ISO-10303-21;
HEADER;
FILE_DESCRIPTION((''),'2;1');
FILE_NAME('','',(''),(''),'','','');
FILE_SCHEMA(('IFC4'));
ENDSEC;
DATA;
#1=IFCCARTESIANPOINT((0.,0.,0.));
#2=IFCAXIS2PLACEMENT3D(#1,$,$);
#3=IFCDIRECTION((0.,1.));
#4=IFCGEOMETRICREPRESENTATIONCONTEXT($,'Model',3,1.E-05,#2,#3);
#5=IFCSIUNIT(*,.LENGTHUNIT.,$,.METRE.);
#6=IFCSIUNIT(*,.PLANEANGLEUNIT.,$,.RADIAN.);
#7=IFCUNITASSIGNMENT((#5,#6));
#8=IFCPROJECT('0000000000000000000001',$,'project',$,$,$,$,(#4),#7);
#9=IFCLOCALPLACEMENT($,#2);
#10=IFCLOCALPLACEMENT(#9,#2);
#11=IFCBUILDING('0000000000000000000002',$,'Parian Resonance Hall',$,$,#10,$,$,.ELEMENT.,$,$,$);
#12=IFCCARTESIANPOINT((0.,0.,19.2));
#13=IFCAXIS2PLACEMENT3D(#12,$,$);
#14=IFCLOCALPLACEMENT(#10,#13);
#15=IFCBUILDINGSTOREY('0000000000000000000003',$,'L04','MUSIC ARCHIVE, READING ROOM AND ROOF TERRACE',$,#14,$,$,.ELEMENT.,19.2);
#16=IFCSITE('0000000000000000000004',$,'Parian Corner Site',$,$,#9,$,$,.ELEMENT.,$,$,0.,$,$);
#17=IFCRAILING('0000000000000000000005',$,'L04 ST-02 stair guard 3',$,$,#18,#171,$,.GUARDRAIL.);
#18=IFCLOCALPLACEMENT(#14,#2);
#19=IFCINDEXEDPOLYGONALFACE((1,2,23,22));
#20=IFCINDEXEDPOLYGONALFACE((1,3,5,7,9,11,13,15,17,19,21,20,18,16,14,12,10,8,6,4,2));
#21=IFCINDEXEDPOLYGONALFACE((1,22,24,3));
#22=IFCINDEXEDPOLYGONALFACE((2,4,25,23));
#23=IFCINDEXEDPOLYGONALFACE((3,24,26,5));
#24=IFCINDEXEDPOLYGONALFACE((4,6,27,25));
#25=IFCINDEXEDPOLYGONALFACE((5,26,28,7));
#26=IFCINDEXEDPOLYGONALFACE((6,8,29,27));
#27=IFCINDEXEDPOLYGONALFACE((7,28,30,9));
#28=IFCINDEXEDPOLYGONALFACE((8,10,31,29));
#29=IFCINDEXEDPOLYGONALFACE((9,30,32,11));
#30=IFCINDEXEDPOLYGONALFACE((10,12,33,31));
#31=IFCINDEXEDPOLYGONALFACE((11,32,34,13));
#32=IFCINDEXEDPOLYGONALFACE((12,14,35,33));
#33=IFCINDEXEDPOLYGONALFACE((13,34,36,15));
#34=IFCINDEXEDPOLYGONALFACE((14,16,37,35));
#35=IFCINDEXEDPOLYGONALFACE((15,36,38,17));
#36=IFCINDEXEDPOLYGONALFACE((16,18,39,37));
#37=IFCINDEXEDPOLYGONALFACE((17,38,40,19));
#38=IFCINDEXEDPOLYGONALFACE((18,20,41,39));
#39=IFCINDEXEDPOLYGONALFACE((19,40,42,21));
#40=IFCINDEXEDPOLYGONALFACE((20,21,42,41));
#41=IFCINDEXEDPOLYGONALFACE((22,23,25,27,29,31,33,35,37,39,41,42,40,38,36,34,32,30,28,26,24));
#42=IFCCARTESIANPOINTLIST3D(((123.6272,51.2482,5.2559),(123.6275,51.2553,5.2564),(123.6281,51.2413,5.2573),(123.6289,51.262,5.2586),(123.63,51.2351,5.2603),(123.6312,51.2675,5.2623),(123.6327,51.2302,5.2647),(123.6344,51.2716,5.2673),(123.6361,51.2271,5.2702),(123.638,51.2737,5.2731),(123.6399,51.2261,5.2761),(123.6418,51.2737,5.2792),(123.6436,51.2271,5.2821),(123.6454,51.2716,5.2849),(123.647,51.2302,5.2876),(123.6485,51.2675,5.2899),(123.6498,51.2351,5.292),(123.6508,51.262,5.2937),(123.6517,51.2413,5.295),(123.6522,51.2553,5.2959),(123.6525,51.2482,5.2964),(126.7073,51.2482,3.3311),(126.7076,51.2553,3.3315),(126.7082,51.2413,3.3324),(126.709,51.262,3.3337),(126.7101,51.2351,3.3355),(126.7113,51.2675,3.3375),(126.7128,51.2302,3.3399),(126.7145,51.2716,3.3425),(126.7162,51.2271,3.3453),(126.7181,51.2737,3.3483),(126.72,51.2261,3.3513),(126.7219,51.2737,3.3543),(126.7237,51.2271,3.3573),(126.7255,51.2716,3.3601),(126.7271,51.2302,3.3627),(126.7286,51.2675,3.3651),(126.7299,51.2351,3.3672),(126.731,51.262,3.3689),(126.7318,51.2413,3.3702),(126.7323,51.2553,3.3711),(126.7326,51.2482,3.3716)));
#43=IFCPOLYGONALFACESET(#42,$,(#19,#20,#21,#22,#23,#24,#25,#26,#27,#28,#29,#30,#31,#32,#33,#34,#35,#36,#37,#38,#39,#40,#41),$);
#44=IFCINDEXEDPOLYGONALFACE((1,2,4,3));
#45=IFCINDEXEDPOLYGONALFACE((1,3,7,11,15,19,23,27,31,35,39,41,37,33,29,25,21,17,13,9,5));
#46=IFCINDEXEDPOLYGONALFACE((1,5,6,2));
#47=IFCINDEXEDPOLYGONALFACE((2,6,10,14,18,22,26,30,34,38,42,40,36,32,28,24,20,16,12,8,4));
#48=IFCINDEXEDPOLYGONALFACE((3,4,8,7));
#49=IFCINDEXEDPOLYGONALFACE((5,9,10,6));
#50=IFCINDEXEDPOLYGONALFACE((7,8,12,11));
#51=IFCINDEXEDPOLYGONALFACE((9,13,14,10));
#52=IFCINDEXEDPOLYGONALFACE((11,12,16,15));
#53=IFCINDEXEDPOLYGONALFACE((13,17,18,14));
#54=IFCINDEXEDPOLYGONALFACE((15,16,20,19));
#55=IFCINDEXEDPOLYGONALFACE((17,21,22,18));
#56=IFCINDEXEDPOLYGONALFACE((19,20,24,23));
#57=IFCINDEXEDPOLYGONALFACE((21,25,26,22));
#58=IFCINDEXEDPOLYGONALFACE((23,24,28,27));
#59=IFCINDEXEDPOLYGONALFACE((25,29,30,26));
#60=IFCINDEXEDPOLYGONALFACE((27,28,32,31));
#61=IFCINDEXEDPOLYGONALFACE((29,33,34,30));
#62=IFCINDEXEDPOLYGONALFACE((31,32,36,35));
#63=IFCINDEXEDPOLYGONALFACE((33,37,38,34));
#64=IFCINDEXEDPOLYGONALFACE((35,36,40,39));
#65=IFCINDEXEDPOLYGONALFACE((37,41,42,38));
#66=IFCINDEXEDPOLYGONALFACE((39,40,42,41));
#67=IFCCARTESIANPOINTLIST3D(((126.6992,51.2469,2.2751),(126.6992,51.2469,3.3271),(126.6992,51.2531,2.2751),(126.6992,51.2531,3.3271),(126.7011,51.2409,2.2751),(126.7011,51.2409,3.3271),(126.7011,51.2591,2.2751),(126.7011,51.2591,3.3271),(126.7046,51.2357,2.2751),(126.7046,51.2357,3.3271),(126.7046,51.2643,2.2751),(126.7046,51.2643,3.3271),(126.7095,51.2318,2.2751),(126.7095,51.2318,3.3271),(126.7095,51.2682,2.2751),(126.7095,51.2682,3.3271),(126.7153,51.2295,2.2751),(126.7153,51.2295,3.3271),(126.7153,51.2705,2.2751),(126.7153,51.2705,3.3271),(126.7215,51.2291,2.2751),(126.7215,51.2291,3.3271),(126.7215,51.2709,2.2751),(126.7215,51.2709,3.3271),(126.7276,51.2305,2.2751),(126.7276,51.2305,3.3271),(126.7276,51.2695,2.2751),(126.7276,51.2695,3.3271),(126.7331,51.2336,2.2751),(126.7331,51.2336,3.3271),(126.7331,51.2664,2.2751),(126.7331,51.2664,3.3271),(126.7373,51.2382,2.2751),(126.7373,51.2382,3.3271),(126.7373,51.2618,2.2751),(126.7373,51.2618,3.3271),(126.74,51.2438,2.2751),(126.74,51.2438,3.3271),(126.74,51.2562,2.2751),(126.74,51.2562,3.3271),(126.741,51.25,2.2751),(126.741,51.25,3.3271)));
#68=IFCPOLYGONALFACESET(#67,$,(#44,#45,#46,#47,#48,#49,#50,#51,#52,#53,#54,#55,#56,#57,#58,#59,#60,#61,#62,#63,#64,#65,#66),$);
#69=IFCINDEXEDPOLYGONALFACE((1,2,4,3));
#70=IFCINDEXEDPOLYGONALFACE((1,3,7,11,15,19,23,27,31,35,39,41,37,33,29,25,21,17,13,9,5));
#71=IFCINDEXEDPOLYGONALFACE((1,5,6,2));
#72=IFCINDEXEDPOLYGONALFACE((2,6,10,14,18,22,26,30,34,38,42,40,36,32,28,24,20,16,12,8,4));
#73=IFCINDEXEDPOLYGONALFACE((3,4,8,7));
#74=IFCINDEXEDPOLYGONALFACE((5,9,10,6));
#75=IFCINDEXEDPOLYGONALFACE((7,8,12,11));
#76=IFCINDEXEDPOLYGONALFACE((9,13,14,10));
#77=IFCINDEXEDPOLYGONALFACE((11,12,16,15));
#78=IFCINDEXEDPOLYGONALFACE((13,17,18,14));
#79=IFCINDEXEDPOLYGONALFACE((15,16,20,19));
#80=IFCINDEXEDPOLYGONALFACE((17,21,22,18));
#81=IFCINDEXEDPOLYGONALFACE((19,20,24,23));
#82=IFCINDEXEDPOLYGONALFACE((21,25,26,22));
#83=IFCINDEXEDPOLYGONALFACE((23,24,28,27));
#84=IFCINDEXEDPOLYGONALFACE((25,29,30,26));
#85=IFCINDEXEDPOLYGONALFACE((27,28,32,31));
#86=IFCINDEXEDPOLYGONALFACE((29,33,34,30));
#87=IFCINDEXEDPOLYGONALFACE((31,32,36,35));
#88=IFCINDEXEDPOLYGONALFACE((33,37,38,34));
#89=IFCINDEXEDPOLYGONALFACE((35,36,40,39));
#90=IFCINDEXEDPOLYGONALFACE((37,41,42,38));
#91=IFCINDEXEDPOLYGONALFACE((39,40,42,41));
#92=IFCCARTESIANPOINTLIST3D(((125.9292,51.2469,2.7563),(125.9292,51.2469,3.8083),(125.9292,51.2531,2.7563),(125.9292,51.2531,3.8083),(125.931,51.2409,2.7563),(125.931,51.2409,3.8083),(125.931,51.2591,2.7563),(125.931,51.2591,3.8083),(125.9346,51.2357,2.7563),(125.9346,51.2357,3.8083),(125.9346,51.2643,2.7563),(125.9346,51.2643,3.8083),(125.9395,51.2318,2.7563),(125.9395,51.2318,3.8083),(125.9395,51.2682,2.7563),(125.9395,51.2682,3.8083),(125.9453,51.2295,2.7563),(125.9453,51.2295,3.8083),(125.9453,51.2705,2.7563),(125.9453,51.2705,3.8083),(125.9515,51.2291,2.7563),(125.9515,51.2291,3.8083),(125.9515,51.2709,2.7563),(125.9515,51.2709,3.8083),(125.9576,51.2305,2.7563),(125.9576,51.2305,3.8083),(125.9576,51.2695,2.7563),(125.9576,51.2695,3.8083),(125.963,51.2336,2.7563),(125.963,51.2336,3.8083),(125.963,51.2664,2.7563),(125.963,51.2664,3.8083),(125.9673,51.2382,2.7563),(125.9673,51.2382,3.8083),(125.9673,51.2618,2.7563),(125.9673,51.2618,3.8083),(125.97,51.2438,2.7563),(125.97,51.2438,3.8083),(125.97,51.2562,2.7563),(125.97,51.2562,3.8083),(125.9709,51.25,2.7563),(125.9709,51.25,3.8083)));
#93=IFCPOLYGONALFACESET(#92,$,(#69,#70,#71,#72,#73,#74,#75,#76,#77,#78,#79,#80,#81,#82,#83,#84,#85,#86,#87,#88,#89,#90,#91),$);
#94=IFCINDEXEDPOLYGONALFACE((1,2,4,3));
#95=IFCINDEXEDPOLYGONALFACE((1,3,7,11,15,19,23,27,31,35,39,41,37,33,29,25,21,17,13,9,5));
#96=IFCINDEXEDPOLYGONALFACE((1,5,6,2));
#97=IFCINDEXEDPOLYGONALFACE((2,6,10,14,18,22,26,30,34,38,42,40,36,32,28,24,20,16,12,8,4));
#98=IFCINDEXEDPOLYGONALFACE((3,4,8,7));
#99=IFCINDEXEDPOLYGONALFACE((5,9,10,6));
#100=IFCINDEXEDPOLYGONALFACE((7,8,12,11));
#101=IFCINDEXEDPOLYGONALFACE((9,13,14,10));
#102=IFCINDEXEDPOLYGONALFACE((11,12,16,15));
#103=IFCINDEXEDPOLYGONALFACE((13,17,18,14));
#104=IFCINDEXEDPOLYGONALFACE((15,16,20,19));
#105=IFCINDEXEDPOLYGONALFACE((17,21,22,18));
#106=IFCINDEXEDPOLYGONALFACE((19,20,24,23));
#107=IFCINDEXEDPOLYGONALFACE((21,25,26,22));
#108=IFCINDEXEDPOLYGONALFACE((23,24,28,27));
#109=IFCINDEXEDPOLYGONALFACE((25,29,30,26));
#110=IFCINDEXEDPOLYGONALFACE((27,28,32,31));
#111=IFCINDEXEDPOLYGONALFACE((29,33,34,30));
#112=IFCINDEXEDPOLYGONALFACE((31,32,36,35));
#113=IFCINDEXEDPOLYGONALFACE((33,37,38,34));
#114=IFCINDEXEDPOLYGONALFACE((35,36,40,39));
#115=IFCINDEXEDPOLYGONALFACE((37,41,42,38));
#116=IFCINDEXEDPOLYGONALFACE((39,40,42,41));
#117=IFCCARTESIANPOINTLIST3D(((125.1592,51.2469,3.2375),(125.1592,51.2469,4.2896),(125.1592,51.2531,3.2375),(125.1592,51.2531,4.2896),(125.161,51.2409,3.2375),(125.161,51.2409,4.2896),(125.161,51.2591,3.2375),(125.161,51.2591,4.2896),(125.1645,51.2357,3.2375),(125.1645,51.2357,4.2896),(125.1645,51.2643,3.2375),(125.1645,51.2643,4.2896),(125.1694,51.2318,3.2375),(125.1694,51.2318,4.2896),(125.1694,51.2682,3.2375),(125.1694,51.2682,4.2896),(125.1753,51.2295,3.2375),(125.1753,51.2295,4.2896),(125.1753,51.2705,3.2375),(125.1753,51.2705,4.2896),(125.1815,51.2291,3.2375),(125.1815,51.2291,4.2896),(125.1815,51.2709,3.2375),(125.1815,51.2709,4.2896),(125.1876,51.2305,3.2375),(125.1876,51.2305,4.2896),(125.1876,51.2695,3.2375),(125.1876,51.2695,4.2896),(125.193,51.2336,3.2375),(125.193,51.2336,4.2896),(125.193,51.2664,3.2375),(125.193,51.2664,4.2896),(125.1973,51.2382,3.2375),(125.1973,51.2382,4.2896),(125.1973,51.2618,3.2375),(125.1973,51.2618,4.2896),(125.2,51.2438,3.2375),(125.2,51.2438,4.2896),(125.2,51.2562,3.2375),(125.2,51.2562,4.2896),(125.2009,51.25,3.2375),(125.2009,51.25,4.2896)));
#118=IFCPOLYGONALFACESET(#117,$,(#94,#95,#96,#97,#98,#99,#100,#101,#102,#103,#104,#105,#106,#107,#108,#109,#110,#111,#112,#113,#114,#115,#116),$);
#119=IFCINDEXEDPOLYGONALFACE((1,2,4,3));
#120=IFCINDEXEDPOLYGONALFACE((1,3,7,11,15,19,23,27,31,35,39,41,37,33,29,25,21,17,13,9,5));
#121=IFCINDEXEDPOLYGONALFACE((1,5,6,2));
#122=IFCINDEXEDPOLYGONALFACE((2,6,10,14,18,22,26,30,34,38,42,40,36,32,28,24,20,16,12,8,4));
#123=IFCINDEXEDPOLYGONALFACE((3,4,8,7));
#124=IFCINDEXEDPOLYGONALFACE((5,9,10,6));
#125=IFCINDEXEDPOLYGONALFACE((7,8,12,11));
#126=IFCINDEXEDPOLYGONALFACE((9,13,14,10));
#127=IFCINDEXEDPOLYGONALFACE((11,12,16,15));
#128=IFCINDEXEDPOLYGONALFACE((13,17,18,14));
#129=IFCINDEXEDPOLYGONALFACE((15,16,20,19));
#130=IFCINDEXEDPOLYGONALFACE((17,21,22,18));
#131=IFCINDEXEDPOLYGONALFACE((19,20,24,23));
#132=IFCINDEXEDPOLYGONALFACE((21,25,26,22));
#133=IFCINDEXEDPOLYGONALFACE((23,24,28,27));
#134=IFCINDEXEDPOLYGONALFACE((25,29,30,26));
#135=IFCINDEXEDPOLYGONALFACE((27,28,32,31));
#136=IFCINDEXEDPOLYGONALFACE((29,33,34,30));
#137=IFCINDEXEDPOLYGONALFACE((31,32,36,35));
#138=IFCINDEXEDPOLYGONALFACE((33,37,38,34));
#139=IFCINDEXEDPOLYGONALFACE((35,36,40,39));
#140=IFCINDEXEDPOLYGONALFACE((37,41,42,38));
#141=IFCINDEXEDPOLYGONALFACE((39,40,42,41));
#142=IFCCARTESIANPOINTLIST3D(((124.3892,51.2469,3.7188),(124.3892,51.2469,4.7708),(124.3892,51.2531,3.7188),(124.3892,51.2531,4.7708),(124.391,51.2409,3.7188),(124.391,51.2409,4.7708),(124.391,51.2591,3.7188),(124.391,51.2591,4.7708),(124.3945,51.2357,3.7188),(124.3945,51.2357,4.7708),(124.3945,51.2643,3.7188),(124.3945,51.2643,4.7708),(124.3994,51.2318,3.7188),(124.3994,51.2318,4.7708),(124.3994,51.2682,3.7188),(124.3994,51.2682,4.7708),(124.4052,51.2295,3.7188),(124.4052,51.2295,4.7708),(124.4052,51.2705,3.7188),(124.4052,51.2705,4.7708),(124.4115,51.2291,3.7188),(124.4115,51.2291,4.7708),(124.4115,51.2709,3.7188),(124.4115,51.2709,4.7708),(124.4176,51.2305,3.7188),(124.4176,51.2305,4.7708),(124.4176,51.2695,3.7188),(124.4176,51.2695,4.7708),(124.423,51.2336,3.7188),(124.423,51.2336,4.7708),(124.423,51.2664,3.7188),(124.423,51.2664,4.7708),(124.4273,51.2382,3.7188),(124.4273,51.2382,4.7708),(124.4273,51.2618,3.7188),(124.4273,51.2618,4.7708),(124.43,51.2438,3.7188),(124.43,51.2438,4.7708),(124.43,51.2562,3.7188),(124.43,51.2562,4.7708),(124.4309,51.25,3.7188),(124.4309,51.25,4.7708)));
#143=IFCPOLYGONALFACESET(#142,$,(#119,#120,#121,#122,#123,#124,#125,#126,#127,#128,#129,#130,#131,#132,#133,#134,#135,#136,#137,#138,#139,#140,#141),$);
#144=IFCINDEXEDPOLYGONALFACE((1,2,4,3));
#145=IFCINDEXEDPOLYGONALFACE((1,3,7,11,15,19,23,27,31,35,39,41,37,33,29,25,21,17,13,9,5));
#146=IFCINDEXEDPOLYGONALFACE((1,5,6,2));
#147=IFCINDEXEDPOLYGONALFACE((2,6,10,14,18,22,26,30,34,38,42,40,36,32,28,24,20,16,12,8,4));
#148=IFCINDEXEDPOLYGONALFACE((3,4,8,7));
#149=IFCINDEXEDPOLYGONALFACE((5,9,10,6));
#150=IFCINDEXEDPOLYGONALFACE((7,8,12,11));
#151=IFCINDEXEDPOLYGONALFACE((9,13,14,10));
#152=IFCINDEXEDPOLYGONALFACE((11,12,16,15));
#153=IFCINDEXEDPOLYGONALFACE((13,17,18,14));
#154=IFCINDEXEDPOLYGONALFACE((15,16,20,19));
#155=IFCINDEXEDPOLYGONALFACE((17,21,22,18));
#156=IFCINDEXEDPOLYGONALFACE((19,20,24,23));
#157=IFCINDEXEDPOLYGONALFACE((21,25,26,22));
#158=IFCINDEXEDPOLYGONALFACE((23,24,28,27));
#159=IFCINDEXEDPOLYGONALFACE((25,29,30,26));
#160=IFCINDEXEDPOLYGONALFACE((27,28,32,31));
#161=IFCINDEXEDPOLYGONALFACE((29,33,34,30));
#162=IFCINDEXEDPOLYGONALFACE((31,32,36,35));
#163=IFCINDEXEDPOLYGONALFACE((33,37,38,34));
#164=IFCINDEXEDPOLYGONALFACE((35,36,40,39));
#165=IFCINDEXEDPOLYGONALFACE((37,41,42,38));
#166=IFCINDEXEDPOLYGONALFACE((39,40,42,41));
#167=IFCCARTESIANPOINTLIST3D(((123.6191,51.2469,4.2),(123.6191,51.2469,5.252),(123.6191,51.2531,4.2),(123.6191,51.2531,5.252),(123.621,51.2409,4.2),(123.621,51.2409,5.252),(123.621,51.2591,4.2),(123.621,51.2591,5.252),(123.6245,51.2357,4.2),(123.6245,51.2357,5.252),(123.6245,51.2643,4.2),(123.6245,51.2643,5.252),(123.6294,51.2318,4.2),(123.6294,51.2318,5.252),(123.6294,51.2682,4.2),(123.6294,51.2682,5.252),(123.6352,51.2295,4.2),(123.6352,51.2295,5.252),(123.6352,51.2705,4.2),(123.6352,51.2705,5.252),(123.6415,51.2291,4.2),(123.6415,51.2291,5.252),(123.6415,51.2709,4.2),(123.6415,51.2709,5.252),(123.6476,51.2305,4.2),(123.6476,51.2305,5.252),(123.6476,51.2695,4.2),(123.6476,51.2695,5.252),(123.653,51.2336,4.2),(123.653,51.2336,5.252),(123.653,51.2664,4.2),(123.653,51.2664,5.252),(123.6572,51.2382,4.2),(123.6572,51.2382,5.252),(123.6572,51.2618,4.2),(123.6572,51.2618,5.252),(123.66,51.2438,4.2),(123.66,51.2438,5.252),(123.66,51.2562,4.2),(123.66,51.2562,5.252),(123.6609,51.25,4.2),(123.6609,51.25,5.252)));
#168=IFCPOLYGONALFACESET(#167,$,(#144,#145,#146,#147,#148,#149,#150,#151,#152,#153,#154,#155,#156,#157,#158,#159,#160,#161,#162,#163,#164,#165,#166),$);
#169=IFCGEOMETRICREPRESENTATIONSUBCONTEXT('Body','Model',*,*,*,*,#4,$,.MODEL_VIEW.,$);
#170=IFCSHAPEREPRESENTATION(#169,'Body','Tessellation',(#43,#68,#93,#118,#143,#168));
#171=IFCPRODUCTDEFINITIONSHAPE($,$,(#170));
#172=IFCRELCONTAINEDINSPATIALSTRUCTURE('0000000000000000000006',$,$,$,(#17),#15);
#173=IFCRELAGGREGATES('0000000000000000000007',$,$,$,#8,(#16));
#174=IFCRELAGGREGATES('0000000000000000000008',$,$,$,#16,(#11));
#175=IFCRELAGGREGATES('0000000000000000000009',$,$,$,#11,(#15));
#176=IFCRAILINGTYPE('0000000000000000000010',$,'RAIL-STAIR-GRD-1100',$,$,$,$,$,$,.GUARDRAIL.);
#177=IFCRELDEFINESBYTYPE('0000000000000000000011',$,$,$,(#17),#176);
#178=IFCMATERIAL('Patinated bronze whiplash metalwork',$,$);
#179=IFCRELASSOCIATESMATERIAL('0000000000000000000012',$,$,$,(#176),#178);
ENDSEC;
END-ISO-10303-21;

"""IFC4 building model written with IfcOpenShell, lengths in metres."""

from ifc_helpers import new_model, si_unit, direction, frame, origin, origin_2d, place, context, subcontext, project, spatial, circle, extrude, material, type_object, element, save


model = new_model("IFC4")

# Units and contexts
model_context = context("Model", 3, precision=1e-05, world=origin(), true_north=direction((0.0, 1.0)))
body_context = subcontext(model_context, "Body", "Model", "MODEL_VIEW")
ifc_project = project(units=[si_unit("LENGTHUNIT", "METRE"), si_unit("PLANEANGLEUNIT", "RADIAN")], contexts=[model_context])

# Site, building, storey
site_placement = place(None, origin())
site = spatial("IfcSite", under=ifc_project, at=site_placement, Name="Parian Corner Site", CompositionType="ELEMENT", RefElevation=0.0)
building_placement = place(site_placement, origin())
building = spatial("IfcBuilding", under=site, at=building_placement, Name="Parian Resonance Hall", CompositionType="ELEMENT")
storey_placement = place(building_placement, frame((0.0, 0.0, 19.2)))
storey = spatial("IfcBuildingStorey", under=building, at=storey_placement, Name="L04", Description="MUSIC ARCHIVE, READING ROOM AND ROOF TERRACE", CompositionType="ELEMENT", Elevation=19.2)

# Railing
ifc_material_1 = material(Name="Patinated bronze whiplash metalwork")
railing_type_1 = type_object("IfcRailingType", Name="RAIL-STAIR-GRD-1100", PredefinedType="GUARDRAIL", material=ifc_material_1)
railing_1_placement = place(storey_placement, frame((126.72, 51.25, 2.2751)))
element("IfcRailing", 1, at=railing_1_placement, inside=storey, type_object=railing_type_1, Name="L04 ST-02 stair guard 3", PredefinedType="GUARDRAIL", context=body_context, shape_type="SweptSolid", body=[
    extrude(circle(Radius=0.0239, at=origin_2d()), frame((0.0, 0.0, 1.0762), z_axis=(-0.848029, 0.0, 0.529951), x_axis=(0.0, -1.0, 0.0)), (0.0, 0.0, 1.0), 3.6321),
    extrude(circle(Radius=0.021, at=origin_2d()), origin(), (0.0, 0.0, 1.0), 1.052),
    extrude(circle(Radius=0.021, at=origin_2d()), frame((-0.77, 0.0, 0.4812)), (0.0, 0.0, 1.0), 1.052),
    extrude(circle(Radius=0.021, at=origin_2d()), frame((-1.54, 0.0, 0.9624)), (0.0, 0.0, 1.0), 1.052),
    extrude(circle(Radius=0.021, at=origin_2d()), frame((-2.3101, 0.0, 1.4436)), (0.0, 0.0, 1.0), 1.052),
    extrude(circle(Radius=0.021, at=origin_2d()), frame((-3.0801, 0.0, 1.9248)), (0.0, 0.0, 1.0), 1.052),
])

save(model, "model.ifc")
